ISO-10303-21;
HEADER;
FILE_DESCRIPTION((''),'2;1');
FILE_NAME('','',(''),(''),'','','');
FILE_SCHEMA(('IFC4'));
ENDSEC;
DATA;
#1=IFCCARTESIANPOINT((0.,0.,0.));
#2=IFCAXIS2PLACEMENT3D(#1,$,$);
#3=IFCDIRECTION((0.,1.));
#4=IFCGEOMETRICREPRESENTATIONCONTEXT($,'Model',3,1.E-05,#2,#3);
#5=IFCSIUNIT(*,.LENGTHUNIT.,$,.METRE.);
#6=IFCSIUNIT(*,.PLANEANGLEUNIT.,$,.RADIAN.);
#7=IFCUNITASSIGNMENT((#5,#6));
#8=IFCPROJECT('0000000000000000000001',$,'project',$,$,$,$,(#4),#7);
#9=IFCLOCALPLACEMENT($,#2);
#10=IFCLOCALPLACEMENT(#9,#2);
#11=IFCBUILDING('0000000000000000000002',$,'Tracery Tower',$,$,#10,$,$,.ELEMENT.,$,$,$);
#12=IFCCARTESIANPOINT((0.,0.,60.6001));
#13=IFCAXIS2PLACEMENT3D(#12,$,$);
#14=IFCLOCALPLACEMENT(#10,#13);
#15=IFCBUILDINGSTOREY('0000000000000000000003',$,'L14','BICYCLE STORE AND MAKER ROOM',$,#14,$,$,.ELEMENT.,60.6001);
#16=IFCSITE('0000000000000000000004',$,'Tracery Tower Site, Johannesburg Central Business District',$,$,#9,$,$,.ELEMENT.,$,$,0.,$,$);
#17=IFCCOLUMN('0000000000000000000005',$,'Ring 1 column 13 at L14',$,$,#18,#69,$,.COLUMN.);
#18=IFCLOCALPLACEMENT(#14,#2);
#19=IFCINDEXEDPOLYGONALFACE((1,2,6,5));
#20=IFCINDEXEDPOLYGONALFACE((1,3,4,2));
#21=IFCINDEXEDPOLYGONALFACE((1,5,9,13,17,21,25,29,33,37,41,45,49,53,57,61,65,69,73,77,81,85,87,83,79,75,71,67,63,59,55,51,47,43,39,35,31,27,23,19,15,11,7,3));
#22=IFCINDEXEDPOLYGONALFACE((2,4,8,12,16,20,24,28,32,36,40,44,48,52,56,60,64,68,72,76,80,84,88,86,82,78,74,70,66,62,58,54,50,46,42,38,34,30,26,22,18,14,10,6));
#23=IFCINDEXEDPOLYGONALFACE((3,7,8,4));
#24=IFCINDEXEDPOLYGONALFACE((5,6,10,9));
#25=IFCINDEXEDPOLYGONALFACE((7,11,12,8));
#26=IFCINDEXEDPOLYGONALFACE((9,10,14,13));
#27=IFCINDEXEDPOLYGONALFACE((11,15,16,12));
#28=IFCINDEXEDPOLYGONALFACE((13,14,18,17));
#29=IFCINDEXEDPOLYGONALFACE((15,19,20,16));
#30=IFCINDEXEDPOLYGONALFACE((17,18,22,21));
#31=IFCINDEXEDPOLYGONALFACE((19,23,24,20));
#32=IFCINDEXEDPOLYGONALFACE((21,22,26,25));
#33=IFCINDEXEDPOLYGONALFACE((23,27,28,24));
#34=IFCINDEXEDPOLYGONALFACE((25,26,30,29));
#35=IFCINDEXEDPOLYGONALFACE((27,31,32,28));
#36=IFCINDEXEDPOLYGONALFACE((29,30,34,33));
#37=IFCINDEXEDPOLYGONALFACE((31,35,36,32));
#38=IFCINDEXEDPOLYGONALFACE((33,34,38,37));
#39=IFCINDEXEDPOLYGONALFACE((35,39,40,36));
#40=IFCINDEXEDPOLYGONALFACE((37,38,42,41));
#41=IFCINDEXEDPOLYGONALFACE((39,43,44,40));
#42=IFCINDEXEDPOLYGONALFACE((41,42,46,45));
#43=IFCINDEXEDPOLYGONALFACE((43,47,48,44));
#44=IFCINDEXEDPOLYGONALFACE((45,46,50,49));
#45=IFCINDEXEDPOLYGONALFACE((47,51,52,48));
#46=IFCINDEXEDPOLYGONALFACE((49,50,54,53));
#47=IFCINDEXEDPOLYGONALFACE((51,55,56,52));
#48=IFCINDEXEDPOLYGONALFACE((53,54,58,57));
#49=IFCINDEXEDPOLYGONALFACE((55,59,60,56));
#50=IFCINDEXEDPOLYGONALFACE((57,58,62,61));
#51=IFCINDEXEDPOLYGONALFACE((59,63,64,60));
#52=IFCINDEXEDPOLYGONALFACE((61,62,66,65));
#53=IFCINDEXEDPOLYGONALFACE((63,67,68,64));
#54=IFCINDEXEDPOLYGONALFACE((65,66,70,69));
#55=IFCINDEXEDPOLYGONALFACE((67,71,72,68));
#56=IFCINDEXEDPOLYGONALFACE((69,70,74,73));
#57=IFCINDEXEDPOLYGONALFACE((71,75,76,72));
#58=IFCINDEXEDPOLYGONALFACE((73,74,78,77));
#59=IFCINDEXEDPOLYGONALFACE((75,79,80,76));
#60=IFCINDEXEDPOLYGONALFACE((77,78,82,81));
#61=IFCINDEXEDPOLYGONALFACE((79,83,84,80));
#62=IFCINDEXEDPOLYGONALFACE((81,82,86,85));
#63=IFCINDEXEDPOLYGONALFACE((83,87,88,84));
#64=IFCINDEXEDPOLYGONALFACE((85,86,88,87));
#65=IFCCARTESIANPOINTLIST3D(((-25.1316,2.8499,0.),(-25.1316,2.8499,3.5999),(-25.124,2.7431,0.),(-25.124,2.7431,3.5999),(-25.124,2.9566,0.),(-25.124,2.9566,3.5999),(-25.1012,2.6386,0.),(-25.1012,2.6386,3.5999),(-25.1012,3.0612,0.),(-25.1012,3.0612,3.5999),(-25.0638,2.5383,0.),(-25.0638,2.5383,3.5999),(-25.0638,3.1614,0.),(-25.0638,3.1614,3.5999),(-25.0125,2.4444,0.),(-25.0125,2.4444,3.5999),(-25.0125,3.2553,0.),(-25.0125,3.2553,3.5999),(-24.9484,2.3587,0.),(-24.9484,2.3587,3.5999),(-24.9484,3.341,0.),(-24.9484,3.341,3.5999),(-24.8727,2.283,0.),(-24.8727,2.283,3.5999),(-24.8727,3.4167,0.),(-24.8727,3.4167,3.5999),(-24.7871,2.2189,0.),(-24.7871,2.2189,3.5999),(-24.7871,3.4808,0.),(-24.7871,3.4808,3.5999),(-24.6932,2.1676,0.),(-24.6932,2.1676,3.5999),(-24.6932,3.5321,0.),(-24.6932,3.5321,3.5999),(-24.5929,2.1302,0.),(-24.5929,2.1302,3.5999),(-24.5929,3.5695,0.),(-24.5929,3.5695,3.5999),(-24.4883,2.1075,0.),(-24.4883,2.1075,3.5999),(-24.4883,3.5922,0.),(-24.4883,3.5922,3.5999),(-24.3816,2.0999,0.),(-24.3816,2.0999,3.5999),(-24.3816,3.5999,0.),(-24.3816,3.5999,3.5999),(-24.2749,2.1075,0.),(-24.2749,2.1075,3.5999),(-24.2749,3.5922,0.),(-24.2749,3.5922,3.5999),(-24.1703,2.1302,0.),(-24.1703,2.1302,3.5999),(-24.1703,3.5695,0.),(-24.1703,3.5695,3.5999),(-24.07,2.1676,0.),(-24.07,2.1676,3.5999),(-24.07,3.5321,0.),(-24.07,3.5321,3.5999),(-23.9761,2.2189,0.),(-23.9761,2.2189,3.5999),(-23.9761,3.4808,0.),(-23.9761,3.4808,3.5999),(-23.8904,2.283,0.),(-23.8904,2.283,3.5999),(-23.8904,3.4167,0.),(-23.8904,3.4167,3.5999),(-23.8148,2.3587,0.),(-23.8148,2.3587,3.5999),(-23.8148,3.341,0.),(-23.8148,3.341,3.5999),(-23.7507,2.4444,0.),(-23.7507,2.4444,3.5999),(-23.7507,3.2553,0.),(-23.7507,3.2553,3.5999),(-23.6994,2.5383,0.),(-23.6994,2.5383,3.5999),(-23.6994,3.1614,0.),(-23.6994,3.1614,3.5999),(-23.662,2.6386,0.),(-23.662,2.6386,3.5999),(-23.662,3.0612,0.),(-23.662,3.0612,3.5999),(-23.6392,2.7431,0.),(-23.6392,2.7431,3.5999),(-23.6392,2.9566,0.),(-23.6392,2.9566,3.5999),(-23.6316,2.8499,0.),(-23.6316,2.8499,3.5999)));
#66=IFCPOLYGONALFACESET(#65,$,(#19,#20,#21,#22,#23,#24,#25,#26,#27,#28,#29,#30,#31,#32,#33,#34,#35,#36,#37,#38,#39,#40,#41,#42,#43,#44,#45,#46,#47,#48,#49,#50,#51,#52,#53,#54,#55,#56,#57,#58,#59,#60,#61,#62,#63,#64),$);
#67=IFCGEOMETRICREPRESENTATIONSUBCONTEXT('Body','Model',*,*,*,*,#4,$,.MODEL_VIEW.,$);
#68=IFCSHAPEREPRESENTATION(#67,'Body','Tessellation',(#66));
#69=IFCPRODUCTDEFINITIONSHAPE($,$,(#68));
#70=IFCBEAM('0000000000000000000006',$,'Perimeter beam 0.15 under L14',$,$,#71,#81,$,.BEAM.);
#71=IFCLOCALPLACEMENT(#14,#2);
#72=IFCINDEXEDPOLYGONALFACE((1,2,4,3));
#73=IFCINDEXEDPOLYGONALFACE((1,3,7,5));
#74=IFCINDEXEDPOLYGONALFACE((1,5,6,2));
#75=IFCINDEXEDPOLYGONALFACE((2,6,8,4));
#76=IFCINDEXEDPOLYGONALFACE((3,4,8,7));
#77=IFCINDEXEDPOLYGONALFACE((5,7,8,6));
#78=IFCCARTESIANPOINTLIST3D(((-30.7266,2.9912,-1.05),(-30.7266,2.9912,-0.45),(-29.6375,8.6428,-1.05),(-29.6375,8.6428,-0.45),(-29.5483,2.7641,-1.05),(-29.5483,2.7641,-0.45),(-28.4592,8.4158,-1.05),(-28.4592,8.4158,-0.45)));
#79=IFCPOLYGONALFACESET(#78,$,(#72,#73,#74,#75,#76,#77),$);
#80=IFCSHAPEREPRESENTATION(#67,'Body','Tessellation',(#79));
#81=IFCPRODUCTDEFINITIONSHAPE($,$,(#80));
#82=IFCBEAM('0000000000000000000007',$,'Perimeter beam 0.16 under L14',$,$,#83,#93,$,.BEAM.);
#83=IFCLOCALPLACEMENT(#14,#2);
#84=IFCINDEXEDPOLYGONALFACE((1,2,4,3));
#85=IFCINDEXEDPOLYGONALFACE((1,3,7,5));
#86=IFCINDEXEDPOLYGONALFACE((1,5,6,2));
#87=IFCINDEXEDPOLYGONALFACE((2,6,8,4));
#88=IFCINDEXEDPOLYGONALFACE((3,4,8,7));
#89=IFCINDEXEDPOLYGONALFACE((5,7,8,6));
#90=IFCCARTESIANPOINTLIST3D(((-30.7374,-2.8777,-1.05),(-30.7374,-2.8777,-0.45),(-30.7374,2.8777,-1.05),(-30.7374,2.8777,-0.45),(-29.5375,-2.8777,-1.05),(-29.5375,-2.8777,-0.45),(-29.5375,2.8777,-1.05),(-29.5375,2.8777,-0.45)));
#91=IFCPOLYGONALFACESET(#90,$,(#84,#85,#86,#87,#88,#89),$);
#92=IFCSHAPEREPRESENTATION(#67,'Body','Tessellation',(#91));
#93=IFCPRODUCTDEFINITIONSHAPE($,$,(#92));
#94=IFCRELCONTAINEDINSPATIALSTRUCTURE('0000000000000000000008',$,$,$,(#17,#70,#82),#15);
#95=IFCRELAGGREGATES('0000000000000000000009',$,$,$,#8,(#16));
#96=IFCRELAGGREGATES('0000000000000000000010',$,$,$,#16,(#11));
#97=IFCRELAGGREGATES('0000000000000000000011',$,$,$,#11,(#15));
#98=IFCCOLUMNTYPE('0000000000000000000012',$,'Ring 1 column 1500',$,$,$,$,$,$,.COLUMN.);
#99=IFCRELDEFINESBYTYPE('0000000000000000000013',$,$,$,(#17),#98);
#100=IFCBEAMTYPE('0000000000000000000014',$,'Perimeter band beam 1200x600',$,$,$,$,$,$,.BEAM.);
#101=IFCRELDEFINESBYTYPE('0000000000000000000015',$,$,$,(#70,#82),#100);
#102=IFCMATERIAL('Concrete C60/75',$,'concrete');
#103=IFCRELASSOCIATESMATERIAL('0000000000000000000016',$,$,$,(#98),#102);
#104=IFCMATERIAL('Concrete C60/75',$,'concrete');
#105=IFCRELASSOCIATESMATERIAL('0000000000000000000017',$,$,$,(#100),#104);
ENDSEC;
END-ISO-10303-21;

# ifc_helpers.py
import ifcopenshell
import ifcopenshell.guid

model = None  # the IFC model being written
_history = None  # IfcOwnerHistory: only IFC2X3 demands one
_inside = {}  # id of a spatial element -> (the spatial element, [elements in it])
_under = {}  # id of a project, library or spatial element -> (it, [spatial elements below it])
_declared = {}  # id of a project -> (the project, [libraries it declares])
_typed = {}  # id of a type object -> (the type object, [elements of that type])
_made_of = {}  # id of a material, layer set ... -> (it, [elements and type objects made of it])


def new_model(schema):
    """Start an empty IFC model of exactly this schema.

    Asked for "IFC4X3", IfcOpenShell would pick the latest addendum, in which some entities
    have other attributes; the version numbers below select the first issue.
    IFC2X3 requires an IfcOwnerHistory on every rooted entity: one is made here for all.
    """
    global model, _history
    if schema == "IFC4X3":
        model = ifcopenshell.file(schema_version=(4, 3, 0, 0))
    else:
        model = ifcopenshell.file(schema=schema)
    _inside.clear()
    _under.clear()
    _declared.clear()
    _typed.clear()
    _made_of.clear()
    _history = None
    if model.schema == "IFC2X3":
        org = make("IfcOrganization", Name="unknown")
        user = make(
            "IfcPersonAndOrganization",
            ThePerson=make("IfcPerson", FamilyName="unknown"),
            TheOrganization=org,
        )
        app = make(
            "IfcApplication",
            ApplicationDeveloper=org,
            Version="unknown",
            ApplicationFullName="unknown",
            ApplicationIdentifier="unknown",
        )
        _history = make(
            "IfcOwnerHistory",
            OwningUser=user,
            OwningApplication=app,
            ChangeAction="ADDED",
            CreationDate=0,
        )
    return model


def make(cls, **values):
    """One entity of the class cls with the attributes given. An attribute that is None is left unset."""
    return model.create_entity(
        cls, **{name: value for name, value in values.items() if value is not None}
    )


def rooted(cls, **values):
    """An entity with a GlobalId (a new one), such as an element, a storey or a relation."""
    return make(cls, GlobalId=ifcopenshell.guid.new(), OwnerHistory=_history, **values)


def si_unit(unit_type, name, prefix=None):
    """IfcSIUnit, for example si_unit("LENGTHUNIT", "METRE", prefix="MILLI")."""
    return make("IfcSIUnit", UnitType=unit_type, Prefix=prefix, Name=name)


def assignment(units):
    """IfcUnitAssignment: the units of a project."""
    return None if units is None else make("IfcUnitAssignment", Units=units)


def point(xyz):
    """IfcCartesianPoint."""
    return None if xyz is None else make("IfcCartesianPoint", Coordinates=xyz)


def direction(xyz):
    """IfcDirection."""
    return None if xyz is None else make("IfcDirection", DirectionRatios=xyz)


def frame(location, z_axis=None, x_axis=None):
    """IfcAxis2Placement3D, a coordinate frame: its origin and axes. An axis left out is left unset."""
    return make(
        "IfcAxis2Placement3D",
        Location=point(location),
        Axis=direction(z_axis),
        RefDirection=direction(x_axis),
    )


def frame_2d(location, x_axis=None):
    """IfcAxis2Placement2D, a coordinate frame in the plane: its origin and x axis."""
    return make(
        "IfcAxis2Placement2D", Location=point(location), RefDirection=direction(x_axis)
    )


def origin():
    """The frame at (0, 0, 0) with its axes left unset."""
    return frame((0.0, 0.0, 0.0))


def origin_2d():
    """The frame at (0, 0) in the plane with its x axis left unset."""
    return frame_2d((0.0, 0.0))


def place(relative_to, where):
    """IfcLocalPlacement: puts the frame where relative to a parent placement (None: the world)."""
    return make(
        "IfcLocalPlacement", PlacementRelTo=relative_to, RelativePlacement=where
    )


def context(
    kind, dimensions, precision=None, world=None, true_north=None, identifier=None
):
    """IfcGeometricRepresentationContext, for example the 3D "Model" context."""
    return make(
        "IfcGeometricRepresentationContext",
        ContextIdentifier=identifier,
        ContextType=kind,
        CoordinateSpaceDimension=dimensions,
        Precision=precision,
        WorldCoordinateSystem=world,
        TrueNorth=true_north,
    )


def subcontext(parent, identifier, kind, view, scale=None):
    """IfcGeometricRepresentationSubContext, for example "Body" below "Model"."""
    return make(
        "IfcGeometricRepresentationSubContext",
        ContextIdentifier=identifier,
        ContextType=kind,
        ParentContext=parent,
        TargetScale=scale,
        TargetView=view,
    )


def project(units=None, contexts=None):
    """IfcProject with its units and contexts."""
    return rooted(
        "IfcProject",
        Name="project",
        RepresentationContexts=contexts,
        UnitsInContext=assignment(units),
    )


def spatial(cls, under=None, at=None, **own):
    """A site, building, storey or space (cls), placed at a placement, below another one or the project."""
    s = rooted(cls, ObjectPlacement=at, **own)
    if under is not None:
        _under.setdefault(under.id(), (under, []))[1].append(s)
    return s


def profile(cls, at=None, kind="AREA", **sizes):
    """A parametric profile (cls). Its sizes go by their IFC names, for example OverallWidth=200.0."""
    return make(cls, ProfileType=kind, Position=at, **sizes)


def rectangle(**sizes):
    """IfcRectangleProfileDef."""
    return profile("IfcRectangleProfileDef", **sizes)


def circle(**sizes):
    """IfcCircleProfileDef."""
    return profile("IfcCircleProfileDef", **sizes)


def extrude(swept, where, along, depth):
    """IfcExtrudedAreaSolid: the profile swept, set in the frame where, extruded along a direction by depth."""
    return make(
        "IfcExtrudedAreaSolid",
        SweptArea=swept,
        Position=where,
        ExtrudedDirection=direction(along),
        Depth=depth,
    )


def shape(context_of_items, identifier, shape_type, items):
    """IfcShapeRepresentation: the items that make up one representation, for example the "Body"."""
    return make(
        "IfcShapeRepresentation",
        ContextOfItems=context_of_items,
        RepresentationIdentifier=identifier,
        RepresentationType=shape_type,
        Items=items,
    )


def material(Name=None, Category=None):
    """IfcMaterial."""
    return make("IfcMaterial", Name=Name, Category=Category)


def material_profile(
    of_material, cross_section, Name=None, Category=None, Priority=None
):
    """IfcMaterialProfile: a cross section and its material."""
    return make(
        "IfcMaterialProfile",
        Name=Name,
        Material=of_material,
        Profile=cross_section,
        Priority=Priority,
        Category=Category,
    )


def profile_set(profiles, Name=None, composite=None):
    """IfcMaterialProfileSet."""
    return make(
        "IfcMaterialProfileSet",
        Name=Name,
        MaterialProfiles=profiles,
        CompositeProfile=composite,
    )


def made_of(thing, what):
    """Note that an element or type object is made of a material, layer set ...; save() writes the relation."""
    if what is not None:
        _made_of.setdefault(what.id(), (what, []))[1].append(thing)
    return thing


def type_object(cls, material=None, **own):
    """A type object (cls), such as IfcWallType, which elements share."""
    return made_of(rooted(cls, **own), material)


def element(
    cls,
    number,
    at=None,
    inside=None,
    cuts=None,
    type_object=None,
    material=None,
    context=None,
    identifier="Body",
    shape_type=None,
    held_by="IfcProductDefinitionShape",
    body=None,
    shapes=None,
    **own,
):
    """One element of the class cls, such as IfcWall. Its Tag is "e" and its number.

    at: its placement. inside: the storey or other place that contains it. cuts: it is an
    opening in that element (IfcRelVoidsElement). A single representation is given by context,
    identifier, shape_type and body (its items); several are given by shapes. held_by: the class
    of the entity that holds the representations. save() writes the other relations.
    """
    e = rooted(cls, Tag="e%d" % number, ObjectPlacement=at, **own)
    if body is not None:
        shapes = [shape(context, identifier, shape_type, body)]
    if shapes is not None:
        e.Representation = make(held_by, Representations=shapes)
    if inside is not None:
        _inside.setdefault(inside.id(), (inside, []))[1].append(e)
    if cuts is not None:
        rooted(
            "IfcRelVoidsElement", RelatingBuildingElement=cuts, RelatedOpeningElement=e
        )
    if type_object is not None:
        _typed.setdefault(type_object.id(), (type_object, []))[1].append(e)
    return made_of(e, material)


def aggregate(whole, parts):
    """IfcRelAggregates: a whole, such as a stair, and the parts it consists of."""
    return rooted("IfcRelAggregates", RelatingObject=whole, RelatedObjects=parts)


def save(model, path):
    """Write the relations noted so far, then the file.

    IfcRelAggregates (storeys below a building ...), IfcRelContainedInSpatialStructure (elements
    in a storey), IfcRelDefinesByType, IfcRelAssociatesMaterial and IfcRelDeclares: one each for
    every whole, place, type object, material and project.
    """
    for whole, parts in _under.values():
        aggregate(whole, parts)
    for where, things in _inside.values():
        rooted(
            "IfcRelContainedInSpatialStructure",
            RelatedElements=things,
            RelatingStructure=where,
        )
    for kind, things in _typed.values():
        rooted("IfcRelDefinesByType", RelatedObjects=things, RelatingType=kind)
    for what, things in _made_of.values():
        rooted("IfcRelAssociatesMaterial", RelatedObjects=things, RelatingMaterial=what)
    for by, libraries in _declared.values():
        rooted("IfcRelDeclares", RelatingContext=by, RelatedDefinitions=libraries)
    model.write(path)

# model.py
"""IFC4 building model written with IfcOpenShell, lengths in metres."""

from ifc_helpers import new_model, si_unit, direction, frame, origin, origin_2d, place, context, subcontext, project, spatial, rectangle, circle, extrude, material, material_profile, profile_set, type_object, element, save


model = new_model("IFC4")

# Units and contexts
model_context = context("Model", 3, precision=1e-05, world=origin(), true_north=direction((0.0, 1.0)))
body_context = subcontext(model_context, "Body", "Model", "MODEL_VIEW")
ifc_project = project(units=[si_unit("LENGTHUNIT", "METRE"), si_unit("PLANEANGLEUNIT", "RADIAN")], contexts=[model_context])

# Site, building, storey
site_placement = place(None, origin())
site = spatial("IfcSite", under=ifc_project, at=site_placement, Name="Tracery Tower Site, Johannesburg Central Business District", CompositionType="ELEMENT", RefElevation=0.0)
building_placement = place(site_placement, origin())
building = spatial("IfcBuilding", under=site, at=building_placement, Name="Tracery Tower", CompositionType="ELEMENT")
storey_placement = place(building_placement, frame((0.0, 0.0, 60.6001)))
storey = spatial("IfcBuildingStorey", under=building, at=storey_placement, Name="L14", Description="BICYCLE STORE AND MAKER ROOM", CompositionType="ELEMENT", Elevation=60.6001)

# Column
ifc_material_1 = material(Name="Concrete C60/75", Category="concrete")
ifc_material_profile_1 = material_profile(ifc_material_1, circle(Radius=0.75, at=origin_2d()), Name="RC D1500")
ifc_profile_set_1 = profile_set([ifc_material_profile_1], Name="Concrete C60/75")
column_type_1 = type_object("IfcColumnType", Name="Ring 1 column 1500", PredefinedType="COLUMN", material=ifc_profile_set_1)
for number, where, z_axis, x_axis, name in (
    (1, (-24.3816, 2.8499, 0.0), (0.0, 0.0, 1.0), (1.0, 0.0, 0.0), "Ring 1 column 13 at L14"),
):
    element("IfcColumn", number, at=place(storey_placement, frame(where, z_axis=z_axis, x_axis=x_axis)), inside=storey, type_object=column_type_1, Name=name, PredefinedType="COLUMN", context=body_context, shape_type="SweptSolid", body=[
        extrude(circle(Radius=0.75, at=origin_2d()), origin(), (0.0, 0.0, 1.0), 3.5999),
    ])

# Beams
ifc_material_2 = material(Name="Concrete C60/75", Category="concrete")
ifc_material_profile_2 = material_profile(ifc_material_2, rectangle(XDim=1.2, YDim=0.6001, at=origin_2d()), Name="RC 1200x600")
ifc_profile_set_2 = profile_set([ifc_material_profile_2], Name="Concrete C60/75")
beam_type = type_object("IfcBeamType", Name="Perimeter band beam 1200x600", PredefinedType="BEAM", material=ifc_profile_set_2)
beam_1_placement = place(storey_placement, frame((-29.0483, 8.5293, -0.75), z_axis=(-0.189227, -0.981933, 0.0), x_axis=(0.981933, -0.189227, 0.0)))
element("IfcBeam", 2, at=beam_1_placement, inside=storey, type_object=beam_type, Name="Perimeter beam 0.15 under L14", PredefinedType="BEAM", context=body_context, shape_type="SweptSolid", body=[
    extrude(rectangle(XDim=1.2, YDim=0.6001, at=origin_2d()), origin(), (0.0, 0.0, 1.0), 5.7556),
])
beam_2_placement = place(storey_placement, frame((-30.1375, 2.8777, -0.75), z_axis=(0.0, -1.0, 0.0), x_axis=(1.0, 0.0, 0.0)))
element("IfcBeam", 3, at=beam_2_placement, inside=storey, type_object=beam_type, Name="Perimeter beam 0.16 under L14", PredefinedType="BEAM", context=body_context, shape_type="SweptSolid", body=[
    extrude(rectangle(XDim=1.2, YDim=0.6001, at=origin_2d()), origin(), (0.0, 0.0, 1.0), 5.7554),
])

save(model, "model.ifc")
